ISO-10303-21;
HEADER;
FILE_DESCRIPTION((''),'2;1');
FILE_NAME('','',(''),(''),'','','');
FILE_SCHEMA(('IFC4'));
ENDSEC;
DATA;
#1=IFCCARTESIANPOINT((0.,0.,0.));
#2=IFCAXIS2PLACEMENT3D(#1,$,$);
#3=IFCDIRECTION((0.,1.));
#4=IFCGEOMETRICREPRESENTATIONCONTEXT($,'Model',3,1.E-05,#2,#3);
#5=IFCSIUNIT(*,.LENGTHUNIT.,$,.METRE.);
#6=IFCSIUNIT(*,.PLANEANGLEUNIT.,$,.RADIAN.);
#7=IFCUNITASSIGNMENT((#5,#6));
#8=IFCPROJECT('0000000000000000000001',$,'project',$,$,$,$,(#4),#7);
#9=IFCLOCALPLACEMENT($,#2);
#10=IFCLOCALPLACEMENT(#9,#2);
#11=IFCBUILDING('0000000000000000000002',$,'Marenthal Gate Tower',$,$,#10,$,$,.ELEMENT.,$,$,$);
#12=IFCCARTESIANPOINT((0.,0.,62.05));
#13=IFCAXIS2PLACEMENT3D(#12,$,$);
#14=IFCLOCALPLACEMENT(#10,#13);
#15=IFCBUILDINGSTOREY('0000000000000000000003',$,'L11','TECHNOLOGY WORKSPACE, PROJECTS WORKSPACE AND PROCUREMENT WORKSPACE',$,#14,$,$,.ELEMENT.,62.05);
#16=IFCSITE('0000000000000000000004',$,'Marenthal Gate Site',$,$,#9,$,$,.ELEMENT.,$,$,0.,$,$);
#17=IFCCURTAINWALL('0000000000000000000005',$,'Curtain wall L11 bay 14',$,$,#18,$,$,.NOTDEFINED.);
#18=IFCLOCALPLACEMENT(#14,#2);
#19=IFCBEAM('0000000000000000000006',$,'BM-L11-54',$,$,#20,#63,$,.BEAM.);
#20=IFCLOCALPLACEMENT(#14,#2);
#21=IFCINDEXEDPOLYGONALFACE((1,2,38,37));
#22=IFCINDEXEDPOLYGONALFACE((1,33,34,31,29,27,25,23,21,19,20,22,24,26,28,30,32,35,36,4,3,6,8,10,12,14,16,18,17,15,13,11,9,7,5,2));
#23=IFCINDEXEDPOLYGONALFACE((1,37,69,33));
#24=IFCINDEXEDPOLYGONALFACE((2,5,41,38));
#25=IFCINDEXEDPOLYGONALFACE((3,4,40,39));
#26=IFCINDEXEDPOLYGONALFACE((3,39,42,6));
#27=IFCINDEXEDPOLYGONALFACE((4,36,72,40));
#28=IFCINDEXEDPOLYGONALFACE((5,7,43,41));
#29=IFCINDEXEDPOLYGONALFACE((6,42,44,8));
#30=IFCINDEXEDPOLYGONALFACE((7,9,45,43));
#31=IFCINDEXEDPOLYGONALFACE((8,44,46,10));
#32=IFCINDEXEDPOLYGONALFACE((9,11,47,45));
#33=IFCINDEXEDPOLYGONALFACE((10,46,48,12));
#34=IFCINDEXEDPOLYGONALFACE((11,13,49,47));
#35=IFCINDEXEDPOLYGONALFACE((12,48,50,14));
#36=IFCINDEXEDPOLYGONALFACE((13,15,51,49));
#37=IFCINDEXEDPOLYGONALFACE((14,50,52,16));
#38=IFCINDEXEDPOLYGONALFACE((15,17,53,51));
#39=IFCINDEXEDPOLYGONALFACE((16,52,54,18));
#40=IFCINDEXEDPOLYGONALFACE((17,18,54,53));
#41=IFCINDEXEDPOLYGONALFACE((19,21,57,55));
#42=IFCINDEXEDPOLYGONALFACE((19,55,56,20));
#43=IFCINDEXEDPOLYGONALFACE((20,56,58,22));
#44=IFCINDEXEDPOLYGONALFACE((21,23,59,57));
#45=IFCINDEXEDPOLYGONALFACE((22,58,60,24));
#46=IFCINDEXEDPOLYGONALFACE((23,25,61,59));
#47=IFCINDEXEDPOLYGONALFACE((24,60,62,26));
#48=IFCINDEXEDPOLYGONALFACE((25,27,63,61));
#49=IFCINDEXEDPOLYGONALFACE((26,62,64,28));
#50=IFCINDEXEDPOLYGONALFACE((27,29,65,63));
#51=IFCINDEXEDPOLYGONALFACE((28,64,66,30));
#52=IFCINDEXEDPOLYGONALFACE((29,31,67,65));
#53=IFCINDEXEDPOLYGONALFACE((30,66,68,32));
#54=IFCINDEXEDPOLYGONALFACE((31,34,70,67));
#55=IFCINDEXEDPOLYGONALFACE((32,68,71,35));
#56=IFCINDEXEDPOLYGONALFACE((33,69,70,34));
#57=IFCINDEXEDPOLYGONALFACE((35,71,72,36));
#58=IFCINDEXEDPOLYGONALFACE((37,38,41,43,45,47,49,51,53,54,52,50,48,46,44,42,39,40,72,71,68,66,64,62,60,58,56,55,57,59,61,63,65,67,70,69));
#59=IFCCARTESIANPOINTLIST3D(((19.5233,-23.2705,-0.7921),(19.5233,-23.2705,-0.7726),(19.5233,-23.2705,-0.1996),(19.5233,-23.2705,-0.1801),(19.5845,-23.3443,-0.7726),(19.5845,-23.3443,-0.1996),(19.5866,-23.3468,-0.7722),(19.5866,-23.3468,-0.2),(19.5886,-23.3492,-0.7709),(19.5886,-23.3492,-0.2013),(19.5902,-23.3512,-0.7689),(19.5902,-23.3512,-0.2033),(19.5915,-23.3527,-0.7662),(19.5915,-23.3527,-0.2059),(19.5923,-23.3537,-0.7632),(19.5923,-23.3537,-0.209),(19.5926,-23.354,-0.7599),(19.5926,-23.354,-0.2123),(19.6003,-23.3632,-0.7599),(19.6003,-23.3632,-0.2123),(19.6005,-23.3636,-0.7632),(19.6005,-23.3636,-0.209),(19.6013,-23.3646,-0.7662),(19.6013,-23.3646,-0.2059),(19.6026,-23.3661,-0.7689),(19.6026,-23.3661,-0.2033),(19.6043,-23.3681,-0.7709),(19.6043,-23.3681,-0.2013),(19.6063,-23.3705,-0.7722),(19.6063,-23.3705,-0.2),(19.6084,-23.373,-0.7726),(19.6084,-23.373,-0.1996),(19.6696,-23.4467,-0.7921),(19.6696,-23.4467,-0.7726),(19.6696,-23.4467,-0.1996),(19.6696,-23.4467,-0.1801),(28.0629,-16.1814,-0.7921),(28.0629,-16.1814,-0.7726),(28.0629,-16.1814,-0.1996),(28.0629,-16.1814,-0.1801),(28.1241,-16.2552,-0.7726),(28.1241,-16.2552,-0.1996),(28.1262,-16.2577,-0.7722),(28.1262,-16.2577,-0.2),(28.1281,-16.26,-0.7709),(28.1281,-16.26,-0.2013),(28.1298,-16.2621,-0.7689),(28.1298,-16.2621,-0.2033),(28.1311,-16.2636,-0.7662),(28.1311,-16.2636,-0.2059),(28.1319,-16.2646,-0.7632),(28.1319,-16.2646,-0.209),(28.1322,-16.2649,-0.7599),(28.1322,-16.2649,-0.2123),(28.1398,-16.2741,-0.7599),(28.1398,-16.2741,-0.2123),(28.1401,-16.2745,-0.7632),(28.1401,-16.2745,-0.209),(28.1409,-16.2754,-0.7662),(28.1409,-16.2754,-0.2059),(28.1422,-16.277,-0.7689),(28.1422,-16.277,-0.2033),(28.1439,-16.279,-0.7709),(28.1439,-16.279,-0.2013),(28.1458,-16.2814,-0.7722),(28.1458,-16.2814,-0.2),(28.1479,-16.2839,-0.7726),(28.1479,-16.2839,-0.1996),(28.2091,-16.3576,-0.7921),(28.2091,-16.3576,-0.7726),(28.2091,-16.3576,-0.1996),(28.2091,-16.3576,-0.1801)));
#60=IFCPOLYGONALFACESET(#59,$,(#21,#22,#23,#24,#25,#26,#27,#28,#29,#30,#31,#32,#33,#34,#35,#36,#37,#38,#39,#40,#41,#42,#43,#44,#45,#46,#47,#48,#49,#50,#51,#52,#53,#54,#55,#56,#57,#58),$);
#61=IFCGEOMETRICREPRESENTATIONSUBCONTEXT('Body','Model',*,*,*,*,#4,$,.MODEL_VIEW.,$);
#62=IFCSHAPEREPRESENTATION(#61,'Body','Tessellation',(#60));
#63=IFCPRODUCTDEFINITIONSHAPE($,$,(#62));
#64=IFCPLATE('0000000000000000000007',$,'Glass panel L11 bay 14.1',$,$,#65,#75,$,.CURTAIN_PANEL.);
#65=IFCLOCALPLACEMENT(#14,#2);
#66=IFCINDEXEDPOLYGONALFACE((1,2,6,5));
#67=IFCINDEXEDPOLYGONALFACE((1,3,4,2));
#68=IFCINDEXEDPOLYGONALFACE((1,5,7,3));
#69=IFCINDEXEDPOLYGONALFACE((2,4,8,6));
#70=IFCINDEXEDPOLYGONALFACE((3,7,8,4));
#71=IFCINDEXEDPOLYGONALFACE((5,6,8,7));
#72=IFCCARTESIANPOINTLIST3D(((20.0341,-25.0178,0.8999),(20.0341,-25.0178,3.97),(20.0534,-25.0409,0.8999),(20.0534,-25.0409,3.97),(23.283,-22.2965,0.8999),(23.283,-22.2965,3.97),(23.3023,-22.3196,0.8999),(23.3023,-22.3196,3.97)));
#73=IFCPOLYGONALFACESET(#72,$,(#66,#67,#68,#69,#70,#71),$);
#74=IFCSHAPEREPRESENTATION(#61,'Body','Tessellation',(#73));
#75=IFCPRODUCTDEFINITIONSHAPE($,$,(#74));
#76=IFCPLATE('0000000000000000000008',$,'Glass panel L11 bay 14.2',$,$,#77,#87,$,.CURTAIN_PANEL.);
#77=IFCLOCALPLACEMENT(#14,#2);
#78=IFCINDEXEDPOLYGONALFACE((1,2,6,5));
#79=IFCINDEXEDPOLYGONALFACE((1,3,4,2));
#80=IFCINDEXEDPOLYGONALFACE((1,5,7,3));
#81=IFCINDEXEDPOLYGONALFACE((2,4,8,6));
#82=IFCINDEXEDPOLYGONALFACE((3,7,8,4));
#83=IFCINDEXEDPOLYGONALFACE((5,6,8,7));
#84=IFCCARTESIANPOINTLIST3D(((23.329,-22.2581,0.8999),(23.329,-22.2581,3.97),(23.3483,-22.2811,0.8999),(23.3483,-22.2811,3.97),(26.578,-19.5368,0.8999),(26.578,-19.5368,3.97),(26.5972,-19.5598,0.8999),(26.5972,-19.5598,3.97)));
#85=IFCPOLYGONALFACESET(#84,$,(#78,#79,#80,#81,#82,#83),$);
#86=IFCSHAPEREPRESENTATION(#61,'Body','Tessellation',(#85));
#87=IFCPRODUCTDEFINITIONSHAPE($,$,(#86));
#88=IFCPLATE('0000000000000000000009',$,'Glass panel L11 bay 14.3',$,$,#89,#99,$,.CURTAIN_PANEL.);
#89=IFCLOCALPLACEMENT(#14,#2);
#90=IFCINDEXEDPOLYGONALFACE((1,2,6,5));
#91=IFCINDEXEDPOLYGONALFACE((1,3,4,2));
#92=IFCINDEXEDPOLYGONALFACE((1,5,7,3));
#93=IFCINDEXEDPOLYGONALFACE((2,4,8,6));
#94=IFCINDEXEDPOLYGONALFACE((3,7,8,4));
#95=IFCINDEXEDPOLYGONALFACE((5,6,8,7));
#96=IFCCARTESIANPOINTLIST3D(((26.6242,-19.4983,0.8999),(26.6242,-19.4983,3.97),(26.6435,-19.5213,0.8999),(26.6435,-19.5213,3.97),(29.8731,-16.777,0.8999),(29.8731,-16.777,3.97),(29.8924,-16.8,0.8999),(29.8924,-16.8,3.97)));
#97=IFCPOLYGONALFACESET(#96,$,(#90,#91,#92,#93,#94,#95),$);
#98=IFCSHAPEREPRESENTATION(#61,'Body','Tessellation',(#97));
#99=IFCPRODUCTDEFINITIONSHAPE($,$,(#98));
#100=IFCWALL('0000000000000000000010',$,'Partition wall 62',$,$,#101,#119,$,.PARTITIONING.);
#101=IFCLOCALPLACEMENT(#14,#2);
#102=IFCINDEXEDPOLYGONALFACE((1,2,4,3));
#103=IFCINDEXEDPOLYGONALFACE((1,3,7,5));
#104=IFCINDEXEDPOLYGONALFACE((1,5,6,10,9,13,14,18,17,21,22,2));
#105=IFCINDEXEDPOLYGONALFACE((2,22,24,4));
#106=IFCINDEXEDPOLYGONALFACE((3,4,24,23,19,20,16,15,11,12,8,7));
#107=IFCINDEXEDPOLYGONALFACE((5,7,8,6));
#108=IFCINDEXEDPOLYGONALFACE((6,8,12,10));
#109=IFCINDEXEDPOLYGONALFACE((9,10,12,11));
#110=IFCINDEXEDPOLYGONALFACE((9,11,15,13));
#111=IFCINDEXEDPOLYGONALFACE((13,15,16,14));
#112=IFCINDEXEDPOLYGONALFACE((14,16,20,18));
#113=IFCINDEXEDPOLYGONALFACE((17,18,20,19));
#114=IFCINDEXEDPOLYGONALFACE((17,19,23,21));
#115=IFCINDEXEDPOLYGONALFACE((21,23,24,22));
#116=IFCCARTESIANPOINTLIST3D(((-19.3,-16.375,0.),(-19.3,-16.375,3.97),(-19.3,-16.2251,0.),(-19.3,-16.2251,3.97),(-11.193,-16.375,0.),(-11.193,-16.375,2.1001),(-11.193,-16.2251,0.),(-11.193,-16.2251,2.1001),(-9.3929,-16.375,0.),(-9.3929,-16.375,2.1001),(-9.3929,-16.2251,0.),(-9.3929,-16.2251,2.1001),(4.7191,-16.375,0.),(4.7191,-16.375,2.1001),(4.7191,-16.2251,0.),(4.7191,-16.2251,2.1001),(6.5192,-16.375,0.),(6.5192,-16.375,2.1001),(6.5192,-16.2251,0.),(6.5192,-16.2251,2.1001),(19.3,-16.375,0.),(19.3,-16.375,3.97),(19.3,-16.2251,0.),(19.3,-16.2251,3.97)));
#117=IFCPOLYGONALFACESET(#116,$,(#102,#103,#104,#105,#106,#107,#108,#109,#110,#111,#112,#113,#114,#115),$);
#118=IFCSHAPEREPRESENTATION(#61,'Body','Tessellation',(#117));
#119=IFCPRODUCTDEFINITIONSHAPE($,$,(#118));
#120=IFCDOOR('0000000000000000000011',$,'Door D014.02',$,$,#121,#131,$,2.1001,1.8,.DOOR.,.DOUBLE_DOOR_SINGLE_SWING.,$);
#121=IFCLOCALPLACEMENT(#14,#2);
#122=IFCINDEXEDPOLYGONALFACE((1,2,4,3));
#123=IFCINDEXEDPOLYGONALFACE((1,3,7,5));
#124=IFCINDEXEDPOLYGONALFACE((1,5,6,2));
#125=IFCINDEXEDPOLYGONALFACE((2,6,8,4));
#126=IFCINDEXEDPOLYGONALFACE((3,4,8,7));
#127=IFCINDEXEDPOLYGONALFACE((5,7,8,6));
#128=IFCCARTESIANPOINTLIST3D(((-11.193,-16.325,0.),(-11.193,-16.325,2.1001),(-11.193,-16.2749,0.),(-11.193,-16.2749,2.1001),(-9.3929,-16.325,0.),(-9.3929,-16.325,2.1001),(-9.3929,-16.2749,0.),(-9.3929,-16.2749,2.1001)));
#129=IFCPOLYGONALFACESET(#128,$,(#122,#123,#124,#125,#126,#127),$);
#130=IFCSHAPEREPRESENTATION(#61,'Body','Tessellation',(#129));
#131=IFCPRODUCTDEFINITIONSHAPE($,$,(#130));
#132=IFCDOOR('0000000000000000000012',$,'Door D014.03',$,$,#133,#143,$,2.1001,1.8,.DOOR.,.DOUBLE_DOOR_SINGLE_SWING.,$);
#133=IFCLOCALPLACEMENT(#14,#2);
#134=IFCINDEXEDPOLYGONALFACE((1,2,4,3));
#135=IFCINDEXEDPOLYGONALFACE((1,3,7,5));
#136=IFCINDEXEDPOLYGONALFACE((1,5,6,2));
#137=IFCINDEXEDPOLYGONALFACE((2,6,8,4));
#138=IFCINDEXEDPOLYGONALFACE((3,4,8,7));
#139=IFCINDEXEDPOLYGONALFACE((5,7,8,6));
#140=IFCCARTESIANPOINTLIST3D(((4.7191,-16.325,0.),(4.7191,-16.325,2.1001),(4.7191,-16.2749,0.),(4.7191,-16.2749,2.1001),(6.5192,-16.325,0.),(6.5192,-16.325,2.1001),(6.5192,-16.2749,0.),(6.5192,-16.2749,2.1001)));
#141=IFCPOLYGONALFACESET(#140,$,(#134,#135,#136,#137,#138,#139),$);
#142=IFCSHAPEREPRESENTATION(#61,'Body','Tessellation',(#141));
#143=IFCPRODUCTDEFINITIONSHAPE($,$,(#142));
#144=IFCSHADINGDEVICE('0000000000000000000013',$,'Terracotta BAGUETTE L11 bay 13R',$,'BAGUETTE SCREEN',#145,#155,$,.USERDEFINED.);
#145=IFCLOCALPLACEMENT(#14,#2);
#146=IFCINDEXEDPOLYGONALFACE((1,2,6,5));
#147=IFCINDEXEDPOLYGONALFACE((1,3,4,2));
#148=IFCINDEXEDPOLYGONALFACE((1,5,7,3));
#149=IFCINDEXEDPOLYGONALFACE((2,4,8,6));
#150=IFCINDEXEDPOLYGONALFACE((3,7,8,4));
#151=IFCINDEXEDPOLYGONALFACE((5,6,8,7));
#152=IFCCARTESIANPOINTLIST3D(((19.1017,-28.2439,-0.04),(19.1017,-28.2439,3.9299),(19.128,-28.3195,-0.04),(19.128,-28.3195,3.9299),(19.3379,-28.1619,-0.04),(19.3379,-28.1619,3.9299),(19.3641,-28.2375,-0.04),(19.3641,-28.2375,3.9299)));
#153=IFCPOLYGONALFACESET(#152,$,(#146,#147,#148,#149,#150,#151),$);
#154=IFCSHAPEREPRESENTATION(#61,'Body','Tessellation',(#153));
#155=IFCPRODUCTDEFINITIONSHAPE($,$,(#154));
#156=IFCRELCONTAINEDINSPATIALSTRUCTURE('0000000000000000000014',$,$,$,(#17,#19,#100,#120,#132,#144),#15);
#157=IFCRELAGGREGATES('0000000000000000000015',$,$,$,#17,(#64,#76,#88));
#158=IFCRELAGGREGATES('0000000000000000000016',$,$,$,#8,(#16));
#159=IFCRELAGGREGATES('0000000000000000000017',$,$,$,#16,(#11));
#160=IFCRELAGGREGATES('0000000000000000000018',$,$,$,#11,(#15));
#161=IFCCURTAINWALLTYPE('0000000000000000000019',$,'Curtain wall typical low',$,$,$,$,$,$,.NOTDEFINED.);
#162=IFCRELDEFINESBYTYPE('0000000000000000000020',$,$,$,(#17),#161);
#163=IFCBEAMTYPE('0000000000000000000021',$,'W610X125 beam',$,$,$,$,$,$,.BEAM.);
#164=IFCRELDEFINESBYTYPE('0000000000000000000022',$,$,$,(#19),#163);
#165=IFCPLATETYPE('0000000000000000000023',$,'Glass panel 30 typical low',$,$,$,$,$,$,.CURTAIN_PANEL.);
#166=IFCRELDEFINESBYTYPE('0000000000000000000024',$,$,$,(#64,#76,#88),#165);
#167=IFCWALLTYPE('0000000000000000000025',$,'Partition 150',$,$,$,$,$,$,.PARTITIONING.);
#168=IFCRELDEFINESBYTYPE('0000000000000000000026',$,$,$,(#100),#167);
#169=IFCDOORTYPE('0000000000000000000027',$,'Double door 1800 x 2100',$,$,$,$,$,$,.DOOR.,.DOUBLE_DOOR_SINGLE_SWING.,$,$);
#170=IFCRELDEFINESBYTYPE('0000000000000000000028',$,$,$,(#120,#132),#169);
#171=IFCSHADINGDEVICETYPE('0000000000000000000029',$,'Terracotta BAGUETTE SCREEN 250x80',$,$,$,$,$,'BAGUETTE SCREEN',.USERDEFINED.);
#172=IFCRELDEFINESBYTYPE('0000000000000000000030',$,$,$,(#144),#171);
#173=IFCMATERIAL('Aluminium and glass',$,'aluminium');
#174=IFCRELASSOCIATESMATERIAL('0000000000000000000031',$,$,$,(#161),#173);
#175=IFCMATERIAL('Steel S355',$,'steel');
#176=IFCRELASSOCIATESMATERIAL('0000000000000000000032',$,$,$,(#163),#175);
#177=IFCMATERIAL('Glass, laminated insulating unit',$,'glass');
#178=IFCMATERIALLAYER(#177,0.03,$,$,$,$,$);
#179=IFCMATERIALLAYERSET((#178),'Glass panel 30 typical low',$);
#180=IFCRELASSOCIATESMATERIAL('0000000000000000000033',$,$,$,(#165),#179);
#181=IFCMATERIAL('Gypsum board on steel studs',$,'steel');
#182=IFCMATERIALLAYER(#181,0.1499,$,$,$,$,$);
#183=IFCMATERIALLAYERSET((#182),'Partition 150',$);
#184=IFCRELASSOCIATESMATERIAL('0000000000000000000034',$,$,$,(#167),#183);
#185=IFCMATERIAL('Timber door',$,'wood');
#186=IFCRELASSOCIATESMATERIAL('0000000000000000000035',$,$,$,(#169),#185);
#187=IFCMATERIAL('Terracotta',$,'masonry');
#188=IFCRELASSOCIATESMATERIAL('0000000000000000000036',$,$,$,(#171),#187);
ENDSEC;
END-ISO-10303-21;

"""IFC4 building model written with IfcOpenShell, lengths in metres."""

from ifc_helpers import new_model, si_unit, direction, frame, frame_2d, origin, origin_2d, place, context, subcontext, project, spatial, rectangle, i_section, extrude, material, layer, layer_set, material_profile, profile_set, type_object, element, fill, aggregate, save


model = new_model("IFC4")

# Units and contexts
model_context = context("Model", 3, precision=1e-05, world=origin(), true_north=direction((0.0, 1.0)))
body_context = subcontext(model_context, "Body", "Model", "MODEL_VIEW")
ifc_project = project(units=[si_unit("LENGTHUNIT", "METRE"), si_unit("PLANEANGLEUNIT", "RADIAN")], contexts=[model_context])

# Site, building, storey
site_placement = place(None, origin())
site = spatial("IfcSite", under=ifc_project, at=site_placement, Name="Marenthal Gate Site", CompositionType="ELEMENT", RefElevation=0.0)
building_placement = place(site_placement, origin())
building = spatial("IfcBuilding", under=site, at=building_placement, Name="Marenthal Gate Tower", CompositionType="ELEMENT")
storey_placement = place(building_placement, frame((0.0, 0.0, 62.05)))
storey = spatial("IfcBuildingStorey", under=building, at=storey_placement, Name="L11", Description="TECHNOLOGY WORKSPACE, PROJECTS WORKSPACE AND PROCUREMENT WORKSPACE", CompositionType="ELEMENT", Elevation=62.05)

# Curtain wall
ifc_material_1 = material(Name="Aluminium and glass", Category="aluminium")
curtain_wall_type = type_object("IfcCurtainWallType", Name="Curtain wall typical low", PredefinedType="NOTDEFINED", material=ifc_material_1)
curtain_wall_placement = place(storey_placement, origin())
curtain_wall = element("IfcCurtainWall", 1, at=curtain_wall_placement, inside=storey, type_object=curtain_wall_type, Name="Curtain wall L11 bay 14", PredefinedType="NOTDEFINED")

# Beam
ifc_material_2 = material(Name="Steel S355", Category="steel")
ifc_material_profile_1 = material_profile(ifc_material_2, i_section(OverallWidth=0.229, OverallDepth=0.6121, WebThickness=0.012, FlangeThickness=0.0195, FilletRadius=0.0127, at=origin_2d()), Name="W610X125")
ifc_profile_set_1 = profile_set([ifc_material_profile_1], Name="Steel S355")
beam_type_1 = type_object("IfcBeamType", Name="W610X125 beam", PredefinedType="BEAM", material=ifc_profile_set_1)
beam_1_placement = place(storey_placement, frame((19.5964, -23.3586, -0.4861), z_axis=(0.769424, 0.638738, 0.0), x_axis=(-0.638738, 0.769424, 0.0)))
element("IfcBeam", 2, at=beam_1_placement, inside=storey, type_object=beam_type_1, Name="BM-L11-54", PredefinedType="BEAM", context=body_context, shape_type="SweptSolid", body=[
    extrude(i_section(OverallWidth=0.229, OverallDepth=0.6121, WebThickness=0.012, FlangeThickness=0.0195, FilletRadius=0.0127, at=origin_2d()), origin(), (0.0, 0.0, 1.0), 11.0986),
])

# Plates
ifc_material_3 = material(Name="Glass, laminated insulating unit", Category="glass")
ifc_layer_1 = layer(ifc_material_3, 0.03)
ifc_layer_set_1 = layer_set([ifc_layer_1], Name="Glass panel 30 typical low")
plate_type = type_object("IfcPlateType", Name="Glass panel 30 typical low", PredefinedType="CURTAIN_PANEL", material=ifc_layer_set_1)
plate_1_placement = place(storey_placement, frame((21.6682, -23.6687, 0.8999), z_axis=(0.0, 0.0, 1.0), x_axis=(0.766611, 0.642112, 0.0)))
plate_1 = element("IfcPlate", 3, at=plate_1_placement, type_object=plate_type, Name="Glass panel L11 bay 14.1", PredefinedType="CURTAIN_PANEL", context=body_context, shape_type="SweptSolid", body=[
    extrude(rectangle(XDim=4.238, YDim=0.03, at=origin_2d()), origin(), (0.0, 0.0, 1.0), 3.0701),
])
plate_2_placement = place(storey_placement, frame((24.9631, -20.9089, 0.8999), z_axis=(0.0, 0.0, 1.0), x_axis=(0.766611, 0.642112, 0.0)))
plate_2 = element("IfcPlate", 4, at=plate_2_placement, type_object=plate_type, Name="Glass panel L11 bay 14.2", PredefinedType="CURTAIN_PANEL", context=body_context, shape_type="SweptSolid", body=[
    extrude(rectangle(XDim=4.238, YDim=0.03, at=origin_2d()), origin(), (0.0, 0.0, 1.0), 3.0701),
])
plate_3_placement = place(storey_placement, frame((28.2583, -18.1492, 0.8999), z_axis=(0.0, 0.0, 1.0), x_axis=(0.766611, 0.642112, 0.0)))
plate_3 = element("IfcPlate", 5, at=plate_3_placement, type_object=plate_type, Name="Glass panel L11 bay 14.3", PredefinedType="CURTAIN_PANEL", context=body_context, shape_type="SweptSolid", body=[
    extrude(rectangle(XDim=4.238, YDim=0.03, at=origin_2d()), origin(), (0.0, 0.0, 1.0), 3.0701),
])
aggregate(curtain_wall, [plate_1, plate_2, plate_3])

# Wall, openings, doors
ifc_material_4 = material(Name="Gypsum board on steel studs", Category="steel")
ifc_layer_2 = layer(ifc_material_4, 0.1499)
ifc_layer_set_2 = layer_set([ifc_layer_2], Name="Partition 150")
wall_type_1 = type_object("IfcWallType", Name="Partition 150", PredefinedType="PARTITIONING", material=ifc_layer_set_2)
wall_1_placement = place(storey_placement, frame((19.3, -16.3, 0.0), z_axis=(0.0, 0.0, 1.0), x_axis=(-1.0, 0.0, 0.0)))
wall_1 = element("IfcWall", 6, at=wall_1_placement, inside=storey, type_object=wall_type_1, Name="Partition wall 62", PredefinedType="PARTITIONING", context=body_context, shape_type="SweptSolid", body=[
    extrude(rectangle(XDim=38.6001, YDim=0.1499, at=frame_2d((19.3, 0.0))), origin(), (0.0, 0.0, 1.0), 3.97),
])
opening_1_placement = place(wall_1_placement, frame((28.6931, 0.0, 0.0)))
opening_1 = element("IfcOpeningElement", 7, at=opening_1_placement, cuts=wall_1, PredefinedType="OPENING", context=body_context, shape_type="SweptSolid", body=[
    extrude(rectangle(XDim=1.8, YDim=2.1001, at=frame_2d((0.8999, 1.05))), frame((0.0, 0.085, 0.0), z_axis=(0.0, -1.0, 0.0), x_axis=(1.0, 0.0, 0.0)), (0.0, 0.0, 1.0), 0.1699),
])
opening_2_placement = place(wall_1_placement, frame((12.781, 0.0, 0.0)))
opening_2 = element("IfcOpeningElement", 8, at=opening_2_placement, cuts=wall_1, PredefinedType="OPENING", context=body_context, shape_type="SweptSolid", body=[
    extrude(rectangle(XDim=1.8, YDim=2.1001, at=frame_2d((0.8999, 1.05))), frame((0.0, 0.085, 0.0), z_axis=(0.0, -1.0, 0.0), x_axis=(1.0, 0.0, 0.0)), (0.0, 0.0, 1.0), 0.1699),
])
ifc_material_5 = material(Name="Timber door", Category="wood")
door_type_1 = type_object("IfcDoorType", Name="Double door 1800 x 2100", OperationType="DOUBLE_DOOR_SINGLE_SWING", PredefinedType="DOOR", material=ifc_material_5)
door_1_placement = place(opening_1_placement, origin())
door_1 = element("IfcDoor", 9, at=door_1_placement, inside=storey, type_object=door_type_1, Name="Door D014.02", OperationType="DOUBLE_DOOR_SINGLE_SWING", OverallHeight=2.1001, OverallWidth=1.8, PredefinedType="DOOR", context=body_context, shape_type="SweptSolid", body=[
    extrude(rectangle(XDim=1.8, YDim=2.1001, at=frame_2d((0.8999, 1.05))), frame((0.0, 0.0249, 0.0), z_axis=(0.0, -1.0, 0.0), x_axis=(1.0, 0.0, 0.0)), (0.0, 0.0, 1.0), 0.05),
])
fill(opening_1, door_1)
door_2_placement = place(opening_2_placement, origin())
door_2 = element("IfcDoor", 10, at=door_2_placement, inside=storey, type_object=door_type_1, Name="Door D014.03", OperationType="DOUBLE_DOOR_SINGLE_SWING", OverallHeight=2.1001, OverallWidth=1.8, PredefinedType="DOOR", context=body_context, shape_type="SweptSolid", body=[
    extrude(rectangle(XDim=1.8, YDim=2.1001, at=frame_2d((0.8999, 1.05))), frame((0.0, 0.0249, 0.0), z_axis=(0.0, -1.0, 0.0), x_axis=(1.0, 0.0, 0.0)), (0.0, 0.0, 1.0), 0.05),
])
fill(opening_2, door_2)

# Shading device
ifc_material_6 = material(Name="Terracotta", Category="masonry")
ifc_material_profile_2 = material_profile(ifc_material_6, rectangle(XDim=0.25, YDim=0.0801, at=origin_2d()), Name="Terracotta baguette 250x80")
ifc_profile_set_2 = profile_set([ifc_material_profile_2], Name="Terracotta")
shading_device_type = type_object("IfcShadingDeviceType", Name="Terracotta BAGUETTE SCREEN 250x80", ElementType="BAGUETTE SCREEN", PredefinedType="USERDEFINED", material=ifc_profile_set_2)
shading_device_placement = place(storey_placement, frame((19.2329, -28.2407, -0.04), z_axis=(0.0, 0.0, 1.0), x_axis=(0.944672, 0.328016, 0.0)))
element("IfcShadingDevice", 11, at=shading_device_placement, inside=storey, type_object=shading_device_type, Name="Terracotta BAGUETTE L11 bay 13R", ObjectType="BAGUETTE SCREEN", PredefinedType="USERDEFINED", context=body_context, shape_type="SweptSolid", body=[
    extrude(rectangle(XDim=0.25, YDim=0.0801, at=origin_2d()), origin(), (0.0, 0.0, 1.0), 3.97),
])

save(model, "model.ifc")
